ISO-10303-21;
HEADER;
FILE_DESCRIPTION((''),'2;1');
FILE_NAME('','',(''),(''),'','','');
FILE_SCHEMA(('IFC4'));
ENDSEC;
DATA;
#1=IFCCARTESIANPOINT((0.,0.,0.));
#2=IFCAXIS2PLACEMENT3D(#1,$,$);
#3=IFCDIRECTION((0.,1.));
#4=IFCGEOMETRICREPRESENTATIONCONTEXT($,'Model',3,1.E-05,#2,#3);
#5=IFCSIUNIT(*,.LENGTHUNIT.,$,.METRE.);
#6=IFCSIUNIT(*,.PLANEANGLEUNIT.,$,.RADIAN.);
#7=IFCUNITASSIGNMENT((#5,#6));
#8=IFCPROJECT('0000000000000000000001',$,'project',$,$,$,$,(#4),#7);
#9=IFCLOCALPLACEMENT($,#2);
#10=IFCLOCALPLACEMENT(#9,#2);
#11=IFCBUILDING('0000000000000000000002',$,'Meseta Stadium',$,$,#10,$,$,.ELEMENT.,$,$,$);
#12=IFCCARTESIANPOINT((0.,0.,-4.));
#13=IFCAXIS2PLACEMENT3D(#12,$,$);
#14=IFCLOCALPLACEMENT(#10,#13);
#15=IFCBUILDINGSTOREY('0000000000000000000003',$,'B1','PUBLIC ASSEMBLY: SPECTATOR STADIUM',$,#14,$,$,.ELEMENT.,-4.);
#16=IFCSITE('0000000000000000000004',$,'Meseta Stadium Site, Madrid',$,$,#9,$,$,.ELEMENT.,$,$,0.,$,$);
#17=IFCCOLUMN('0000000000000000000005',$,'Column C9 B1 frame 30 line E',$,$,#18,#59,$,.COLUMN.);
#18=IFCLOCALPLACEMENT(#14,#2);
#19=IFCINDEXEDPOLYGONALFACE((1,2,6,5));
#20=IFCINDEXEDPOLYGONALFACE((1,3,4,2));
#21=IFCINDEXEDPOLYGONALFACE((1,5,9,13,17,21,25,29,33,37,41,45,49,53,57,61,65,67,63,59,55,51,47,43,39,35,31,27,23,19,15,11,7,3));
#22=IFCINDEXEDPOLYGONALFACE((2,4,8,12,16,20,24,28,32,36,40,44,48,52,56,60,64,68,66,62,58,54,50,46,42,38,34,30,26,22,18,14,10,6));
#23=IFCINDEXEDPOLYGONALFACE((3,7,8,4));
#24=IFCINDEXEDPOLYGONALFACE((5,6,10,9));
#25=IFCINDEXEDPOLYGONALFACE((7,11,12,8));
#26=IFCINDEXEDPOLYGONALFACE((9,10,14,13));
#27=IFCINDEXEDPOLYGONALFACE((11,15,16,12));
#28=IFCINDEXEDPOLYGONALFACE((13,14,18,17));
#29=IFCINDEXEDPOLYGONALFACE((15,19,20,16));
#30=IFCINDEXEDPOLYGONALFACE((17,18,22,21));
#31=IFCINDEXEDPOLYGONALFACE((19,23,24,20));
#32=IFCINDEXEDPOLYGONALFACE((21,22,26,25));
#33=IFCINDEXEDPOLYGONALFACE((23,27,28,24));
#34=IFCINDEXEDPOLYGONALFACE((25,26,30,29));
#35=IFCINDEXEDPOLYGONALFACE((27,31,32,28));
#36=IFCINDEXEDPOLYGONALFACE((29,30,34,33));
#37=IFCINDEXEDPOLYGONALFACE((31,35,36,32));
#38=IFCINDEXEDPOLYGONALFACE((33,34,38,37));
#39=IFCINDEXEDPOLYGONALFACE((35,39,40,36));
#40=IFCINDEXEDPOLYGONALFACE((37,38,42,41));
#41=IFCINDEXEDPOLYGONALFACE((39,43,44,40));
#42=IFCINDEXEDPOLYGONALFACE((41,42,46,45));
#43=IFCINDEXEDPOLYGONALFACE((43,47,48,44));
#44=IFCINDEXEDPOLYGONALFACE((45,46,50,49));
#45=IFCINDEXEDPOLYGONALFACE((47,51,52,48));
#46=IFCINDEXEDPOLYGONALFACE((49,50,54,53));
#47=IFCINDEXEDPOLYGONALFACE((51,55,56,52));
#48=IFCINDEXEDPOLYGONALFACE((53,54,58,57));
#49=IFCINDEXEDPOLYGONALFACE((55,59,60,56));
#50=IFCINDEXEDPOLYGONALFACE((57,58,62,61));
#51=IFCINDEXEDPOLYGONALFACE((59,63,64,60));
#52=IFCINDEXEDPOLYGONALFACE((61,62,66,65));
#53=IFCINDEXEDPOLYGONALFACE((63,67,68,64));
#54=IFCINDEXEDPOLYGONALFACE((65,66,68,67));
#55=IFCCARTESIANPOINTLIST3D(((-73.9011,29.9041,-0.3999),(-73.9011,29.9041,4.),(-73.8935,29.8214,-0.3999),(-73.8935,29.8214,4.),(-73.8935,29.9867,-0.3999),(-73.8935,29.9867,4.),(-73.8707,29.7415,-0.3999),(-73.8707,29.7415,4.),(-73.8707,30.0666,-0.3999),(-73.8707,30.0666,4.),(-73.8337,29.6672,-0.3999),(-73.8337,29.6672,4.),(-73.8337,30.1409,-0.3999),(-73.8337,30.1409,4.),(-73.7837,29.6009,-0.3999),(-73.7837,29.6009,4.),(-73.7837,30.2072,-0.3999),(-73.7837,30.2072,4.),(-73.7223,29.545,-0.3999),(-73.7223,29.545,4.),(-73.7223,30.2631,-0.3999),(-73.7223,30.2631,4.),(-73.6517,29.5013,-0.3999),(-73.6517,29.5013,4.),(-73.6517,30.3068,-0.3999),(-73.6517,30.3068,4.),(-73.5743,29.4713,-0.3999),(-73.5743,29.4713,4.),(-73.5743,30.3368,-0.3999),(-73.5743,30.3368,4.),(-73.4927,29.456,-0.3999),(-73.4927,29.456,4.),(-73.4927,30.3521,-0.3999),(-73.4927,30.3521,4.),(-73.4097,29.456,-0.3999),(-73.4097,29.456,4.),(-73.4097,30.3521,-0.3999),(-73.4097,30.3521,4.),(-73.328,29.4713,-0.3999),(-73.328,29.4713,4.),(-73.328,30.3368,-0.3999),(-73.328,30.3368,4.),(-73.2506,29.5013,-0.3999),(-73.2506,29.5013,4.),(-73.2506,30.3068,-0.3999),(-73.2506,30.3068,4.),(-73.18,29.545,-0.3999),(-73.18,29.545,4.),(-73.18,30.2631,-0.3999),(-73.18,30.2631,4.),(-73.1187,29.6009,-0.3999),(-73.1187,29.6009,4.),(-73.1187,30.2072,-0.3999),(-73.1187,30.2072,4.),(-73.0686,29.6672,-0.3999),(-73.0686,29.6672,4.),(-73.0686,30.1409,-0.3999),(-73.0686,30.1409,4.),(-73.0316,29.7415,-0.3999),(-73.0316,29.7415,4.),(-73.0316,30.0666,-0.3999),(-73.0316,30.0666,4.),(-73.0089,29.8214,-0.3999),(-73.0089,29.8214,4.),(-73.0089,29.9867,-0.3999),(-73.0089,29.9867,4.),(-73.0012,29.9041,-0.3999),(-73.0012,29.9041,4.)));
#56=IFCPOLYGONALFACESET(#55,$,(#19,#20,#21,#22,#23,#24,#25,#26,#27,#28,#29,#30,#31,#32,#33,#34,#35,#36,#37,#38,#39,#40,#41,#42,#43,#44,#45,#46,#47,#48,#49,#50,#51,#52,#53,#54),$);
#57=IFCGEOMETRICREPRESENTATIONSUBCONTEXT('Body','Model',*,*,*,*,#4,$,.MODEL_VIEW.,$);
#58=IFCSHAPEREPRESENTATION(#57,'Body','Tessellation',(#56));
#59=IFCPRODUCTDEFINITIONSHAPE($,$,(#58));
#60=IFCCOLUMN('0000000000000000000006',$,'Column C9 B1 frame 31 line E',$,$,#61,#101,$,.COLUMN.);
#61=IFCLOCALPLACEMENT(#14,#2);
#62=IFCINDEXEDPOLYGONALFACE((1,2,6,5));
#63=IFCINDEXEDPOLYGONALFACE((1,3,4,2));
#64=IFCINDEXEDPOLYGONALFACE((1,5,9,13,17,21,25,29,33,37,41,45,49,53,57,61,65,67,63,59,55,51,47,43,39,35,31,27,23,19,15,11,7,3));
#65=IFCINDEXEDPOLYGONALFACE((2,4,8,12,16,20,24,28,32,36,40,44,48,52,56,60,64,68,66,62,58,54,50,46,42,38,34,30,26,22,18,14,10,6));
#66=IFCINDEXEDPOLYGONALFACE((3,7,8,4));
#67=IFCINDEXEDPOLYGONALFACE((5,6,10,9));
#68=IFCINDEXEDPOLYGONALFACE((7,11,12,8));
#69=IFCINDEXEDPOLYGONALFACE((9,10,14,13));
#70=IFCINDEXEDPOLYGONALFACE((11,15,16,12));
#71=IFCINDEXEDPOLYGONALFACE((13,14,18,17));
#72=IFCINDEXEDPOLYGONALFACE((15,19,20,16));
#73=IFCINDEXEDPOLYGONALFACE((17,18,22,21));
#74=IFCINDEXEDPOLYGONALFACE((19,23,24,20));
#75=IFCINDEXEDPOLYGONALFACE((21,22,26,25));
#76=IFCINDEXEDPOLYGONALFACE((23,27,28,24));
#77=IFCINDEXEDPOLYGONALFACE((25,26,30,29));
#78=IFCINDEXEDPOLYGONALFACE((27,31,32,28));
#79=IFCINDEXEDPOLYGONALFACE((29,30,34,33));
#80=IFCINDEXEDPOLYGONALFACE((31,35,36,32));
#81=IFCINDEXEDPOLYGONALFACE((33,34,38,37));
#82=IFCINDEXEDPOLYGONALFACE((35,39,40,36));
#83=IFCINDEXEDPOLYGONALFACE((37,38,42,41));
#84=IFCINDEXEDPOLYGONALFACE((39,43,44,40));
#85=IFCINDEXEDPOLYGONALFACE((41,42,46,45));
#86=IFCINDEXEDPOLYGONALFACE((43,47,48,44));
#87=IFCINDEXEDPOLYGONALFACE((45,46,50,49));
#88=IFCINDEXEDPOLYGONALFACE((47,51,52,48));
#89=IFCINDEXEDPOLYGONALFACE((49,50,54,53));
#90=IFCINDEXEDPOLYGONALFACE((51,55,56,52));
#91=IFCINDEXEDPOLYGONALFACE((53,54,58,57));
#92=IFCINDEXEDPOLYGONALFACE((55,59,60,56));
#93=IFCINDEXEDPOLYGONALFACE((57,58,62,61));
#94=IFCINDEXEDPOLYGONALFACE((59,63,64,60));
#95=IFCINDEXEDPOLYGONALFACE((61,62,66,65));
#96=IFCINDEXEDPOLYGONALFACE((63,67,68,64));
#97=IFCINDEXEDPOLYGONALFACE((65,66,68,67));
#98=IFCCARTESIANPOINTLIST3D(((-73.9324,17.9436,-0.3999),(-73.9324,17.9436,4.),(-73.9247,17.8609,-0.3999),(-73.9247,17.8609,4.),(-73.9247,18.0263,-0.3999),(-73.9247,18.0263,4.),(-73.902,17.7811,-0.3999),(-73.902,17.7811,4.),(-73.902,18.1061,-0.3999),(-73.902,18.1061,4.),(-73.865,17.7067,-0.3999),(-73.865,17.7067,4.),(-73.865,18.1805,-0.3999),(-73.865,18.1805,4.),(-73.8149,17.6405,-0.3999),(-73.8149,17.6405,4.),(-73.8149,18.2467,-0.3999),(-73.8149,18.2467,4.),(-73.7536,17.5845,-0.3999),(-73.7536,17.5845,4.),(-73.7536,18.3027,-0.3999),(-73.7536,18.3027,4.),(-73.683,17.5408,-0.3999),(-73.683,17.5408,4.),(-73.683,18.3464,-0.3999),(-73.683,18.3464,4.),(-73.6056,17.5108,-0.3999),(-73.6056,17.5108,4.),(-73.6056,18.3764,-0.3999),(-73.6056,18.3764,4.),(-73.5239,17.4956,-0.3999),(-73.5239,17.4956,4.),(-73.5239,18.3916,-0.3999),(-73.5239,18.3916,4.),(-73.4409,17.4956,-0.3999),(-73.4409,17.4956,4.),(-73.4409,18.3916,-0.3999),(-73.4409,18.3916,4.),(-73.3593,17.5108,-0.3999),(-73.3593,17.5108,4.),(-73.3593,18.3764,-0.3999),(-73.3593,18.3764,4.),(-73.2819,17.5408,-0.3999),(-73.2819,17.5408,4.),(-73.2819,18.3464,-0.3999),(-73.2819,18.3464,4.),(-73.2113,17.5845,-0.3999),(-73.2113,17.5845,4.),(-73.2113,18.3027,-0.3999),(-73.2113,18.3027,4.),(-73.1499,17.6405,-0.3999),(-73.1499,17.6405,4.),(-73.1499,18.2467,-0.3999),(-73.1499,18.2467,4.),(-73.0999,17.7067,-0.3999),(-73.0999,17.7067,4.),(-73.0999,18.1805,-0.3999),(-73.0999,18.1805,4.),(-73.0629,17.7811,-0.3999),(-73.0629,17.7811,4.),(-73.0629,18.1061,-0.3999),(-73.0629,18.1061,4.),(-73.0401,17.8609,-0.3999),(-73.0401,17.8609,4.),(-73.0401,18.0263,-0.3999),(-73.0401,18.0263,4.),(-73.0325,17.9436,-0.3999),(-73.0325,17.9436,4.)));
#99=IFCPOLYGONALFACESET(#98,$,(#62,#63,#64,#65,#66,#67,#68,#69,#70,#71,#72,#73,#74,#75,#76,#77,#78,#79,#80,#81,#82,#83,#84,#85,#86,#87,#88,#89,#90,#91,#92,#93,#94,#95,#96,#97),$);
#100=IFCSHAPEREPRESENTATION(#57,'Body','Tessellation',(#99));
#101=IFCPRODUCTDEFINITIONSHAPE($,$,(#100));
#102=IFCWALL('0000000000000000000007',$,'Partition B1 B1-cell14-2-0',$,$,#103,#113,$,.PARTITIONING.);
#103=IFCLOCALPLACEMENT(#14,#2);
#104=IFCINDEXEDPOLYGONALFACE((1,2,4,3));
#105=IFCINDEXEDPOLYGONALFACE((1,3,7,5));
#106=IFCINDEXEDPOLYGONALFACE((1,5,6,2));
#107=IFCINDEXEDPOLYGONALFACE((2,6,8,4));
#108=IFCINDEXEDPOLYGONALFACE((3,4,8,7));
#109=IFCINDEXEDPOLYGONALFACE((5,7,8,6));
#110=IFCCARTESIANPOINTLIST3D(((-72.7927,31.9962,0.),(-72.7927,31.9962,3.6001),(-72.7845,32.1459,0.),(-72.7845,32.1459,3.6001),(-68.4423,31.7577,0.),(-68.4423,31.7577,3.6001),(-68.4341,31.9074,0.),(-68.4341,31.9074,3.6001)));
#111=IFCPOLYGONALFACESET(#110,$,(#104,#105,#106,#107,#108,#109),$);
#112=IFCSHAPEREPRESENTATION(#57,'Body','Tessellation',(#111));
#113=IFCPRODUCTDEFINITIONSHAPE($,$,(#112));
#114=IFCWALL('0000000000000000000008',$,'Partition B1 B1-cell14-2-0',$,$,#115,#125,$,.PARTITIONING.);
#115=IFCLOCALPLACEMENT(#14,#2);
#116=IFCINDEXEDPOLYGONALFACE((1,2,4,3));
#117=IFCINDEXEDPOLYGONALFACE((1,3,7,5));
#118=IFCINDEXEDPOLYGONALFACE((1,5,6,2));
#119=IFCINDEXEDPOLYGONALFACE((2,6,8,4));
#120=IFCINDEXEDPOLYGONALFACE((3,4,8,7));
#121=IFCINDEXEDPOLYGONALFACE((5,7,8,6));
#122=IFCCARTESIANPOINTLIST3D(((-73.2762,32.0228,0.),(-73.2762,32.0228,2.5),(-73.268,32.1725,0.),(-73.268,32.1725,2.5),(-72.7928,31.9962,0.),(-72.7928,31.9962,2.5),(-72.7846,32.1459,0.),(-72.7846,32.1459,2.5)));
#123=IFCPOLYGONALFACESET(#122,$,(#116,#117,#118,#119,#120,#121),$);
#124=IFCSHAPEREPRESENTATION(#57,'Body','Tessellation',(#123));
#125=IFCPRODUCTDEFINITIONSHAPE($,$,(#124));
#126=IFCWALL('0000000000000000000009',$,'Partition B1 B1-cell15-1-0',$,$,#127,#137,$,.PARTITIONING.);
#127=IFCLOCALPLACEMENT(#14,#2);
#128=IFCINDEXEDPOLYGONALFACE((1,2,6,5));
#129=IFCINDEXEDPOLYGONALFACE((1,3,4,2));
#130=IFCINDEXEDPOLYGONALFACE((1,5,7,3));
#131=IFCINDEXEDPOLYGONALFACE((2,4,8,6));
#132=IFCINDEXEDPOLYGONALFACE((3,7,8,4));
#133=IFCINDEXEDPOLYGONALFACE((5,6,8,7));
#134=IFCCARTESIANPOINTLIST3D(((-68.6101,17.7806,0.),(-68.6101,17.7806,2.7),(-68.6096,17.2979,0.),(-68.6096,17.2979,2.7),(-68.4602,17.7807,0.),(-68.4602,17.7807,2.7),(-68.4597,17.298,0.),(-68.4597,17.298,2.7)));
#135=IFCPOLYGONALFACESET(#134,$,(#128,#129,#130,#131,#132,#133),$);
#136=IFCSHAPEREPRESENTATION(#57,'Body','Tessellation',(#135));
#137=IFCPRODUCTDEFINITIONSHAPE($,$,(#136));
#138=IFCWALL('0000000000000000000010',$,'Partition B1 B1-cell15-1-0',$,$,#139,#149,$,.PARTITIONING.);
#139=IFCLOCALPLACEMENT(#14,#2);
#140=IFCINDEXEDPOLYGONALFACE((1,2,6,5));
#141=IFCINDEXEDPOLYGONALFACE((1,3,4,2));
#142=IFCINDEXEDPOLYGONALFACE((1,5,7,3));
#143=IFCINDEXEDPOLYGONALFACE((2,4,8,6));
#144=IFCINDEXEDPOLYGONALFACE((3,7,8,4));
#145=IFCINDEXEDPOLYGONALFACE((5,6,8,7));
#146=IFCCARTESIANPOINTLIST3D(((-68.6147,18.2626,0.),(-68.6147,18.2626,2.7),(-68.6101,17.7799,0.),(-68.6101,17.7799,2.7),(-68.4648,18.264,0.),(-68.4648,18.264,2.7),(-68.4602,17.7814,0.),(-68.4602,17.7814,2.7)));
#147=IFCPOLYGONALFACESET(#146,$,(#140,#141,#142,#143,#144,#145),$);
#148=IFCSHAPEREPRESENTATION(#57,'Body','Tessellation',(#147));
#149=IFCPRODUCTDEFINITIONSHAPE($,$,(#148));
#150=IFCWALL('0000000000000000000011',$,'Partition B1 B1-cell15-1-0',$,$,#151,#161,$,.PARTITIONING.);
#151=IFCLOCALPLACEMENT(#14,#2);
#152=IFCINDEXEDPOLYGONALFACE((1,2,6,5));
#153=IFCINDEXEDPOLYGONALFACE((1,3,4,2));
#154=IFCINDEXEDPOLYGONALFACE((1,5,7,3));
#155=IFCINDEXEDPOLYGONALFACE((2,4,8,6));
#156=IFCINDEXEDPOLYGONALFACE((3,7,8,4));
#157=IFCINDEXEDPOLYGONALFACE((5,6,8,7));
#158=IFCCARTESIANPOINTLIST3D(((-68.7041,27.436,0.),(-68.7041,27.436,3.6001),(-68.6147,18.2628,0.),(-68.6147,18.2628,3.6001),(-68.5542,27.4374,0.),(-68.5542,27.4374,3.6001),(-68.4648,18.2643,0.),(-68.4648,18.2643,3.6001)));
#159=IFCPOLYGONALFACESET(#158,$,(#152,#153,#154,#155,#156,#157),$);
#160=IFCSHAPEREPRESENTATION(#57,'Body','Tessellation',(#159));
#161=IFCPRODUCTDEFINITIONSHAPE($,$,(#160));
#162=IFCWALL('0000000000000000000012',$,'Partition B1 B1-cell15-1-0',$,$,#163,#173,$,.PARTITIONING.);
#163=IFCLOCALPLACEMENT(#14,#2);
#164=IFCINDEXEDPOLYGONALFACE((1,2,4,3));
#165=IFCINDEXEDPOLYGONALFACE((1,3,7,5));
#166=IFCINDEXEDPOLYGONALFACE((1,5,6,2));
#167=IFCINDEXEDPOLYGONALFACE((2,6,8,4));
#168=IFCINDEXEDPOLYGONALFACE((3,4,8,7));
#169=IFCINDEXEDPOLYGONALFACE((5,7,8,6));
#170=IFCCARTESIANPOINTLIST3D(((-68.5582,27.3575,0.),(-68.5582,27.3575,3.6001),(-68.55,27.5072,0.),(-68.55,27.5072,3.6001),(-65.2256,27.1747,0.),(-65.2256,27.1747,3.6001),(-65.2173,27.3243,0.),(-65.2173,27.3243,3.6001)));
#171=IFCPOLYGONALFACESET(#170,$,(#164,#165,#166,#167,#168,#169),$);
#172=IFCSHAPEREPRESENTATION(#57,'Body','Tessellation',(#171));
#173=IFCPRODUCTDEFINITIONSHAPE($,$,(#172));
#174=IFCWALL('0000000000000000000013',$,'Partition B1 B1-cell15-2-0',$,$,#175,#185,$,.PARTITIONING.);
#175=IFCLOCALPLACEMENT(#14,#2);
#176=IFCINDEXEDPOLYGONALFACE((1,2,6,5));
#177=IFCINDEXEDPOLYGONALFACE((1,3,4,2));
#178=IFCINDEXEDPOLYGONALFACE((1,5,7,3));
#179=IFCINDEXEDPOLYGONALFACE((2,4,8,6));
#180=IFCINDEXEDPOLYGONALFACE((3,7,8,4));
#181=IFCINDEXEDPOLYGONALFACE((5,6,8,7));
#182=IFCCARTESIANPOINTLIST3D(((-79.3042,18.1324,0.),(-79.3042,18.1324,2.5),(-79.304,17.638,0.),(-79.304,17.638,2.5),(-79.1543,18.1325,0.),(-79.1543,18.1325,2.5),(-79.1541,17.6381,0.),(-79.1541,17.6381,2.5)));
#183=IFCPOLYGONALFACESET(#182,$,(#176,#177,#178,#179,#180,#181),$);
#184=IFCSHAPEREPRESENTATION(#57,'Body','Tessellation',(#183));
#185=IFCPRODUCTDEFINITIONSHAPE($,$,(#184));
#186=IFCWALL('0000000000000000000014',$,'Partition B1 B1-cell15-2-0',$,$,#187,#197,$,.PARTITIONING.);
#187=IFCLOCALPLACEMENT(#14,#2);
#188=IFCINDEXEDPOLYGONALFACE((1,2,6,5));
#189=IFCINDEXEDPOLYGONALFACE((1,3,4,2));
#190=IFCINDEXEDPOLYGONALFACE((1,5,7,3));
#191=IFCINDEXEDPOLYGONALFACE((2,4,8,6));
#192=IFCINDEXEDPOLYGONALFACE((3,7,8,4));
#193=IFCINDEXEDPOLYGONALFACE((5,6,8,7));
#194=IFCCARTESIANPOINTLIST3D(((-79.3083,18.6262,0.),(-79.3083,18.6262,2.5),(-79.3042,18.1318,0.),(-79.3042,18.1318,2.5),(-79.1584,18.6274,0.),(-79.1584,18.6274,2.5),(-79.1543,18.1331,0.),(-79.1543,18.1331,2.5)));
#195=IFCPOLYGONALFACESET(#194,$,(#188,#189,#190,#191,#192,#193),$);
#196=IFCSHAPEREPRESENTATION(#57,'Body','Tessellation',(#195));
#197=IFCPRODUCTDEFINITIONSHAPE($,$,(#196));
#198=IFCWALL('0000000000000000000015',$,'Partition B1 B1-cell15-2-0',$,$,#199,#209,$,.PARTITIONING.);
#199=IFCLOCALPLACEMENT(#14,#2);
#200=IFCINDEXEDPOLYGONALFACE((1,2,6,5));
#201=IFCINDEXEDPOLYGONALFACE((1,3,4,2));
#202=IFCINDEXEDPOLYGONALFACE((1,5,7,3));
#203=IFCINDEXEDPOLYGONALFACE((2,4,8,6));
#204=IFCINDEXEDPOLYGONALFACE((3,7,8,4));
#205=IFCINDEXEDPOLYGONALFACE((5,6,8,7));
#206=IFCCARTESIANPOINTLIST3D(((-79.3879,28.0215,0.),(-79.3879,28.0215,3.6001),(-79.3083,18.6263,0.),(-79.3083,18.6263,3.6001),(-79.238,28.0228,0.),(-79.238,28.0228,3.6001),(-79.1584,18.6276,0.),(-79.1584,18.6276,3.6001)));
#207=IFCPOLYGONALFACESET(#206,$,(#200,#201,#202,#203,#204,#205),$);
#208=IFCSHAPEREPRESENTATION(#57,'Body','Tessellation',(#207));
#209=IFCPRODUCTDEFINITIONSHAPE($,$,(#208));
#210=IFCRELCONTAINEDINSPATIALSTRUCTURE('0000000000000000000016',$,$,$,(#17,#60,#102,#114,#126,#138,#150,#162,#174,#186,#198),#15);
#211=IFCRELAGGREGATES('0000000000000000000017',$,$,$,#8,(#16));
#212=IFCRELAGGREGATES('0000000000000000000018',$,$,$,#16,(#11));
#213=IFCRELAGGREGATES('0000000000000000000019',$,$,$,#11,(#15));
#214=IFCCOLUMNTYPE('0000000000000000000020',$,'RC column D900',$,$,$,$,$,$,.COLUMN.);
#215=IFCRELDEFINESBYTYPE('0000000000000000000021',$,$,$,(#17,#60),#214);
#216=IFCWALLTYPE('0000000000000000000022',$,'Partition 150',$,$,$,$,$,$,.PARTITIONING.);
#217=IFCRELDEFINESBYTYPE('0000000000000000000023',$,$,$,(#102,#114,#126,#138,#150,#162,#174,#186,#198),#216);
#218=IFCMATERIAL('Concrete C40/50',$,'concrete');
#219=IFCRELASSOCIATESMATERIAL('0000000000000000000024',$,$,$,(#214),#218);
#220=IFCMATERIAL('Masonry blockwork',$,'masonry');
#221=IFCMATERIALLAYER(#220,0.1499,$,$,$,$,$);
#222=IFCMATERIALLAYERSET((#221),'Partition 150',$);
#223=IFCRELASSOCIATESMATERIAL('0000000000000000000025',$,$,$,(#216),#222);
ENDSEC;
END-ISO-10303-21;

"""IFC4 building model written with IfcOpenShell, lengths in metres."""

from ifc_helpers import new_model, si_unit, direction, frame, frame_2d, origin, origin_2d, place, context, subcontext, project, spatial, rectangle, circle, extrude, material, layer, layer_set, material_profile, profile_set, type_object, element, save


model = new_model("IFC4")

# Units and contexts
model_context = context("Model", 3, precision=1e-05, world=origin(), true_north=direction((0.0, 1.0)))
body_context = subcontext(model_context, "Body", "Model", "MODEL_VIEW")
ifc_project = project(units=[si_unit("LENGTHUNIT", "METRE"), si_unit("PLANEANGLEUNIT", "RADIAN")], contexts=[model_context])

# Site, building, storey
site_placement = place(None, origin())
site = spatial("IfcSite", under=ifc_project, at=site_placement, Name="Meseta Stadium Site, Madrid", CompositionType="ELEMENT", RefElevation=0.0)
building_placement = place(site_placement, origin())
building = spatial("IfcBuilding", under=site, at=building_placement, Name="Meseta Stadium", CompositionType="ELEMENT")
storey_placement = place(building_placement, frame((0.0, 0.0, -4.0)))
storey = spatial("IfcBuildingStorey", under=building, at=storey_placement, Name="B1", Description="PUBLIC ASSEMBLY: SPECTATOR STADIUM", CompositionType="ELEMENT", Elevation=-4.0)

# Columns
ifc_material_1 = material(Name="Concrete C40/50", Category="concrete")
ifc_material_profile = material_profile(ifc_material_1, circle(Radius=0.45, at=origin_2d()), Name="RC D900")
ifc_profile_set = profile_set([ifc_material_profile], Name="Concrete C40/50")
column_type = type_object("IfcColumnType", Name="RC column D900", PredefinedType="COLUMN", material=ifc_profile_set)
for number, where, z_axis, x_axis, name in (
    (1, (-73.4512, 29.9041, -0.3999), (0.0, 0.0, 1.0), (1.0, 0.0, 0.0), "Column C9 B1 frame 30 line E"),
    (2, (-73.4824, 17.9436, -0.3999), (0.0, 0.0, 1.0), (1.0, 0.0, 0.0), "Column C9 B1 frame 31 line E"),
):
    element("IfcColumn", number, at=place(storey_placement, frame(where, z_axis=z_axis, x_axis=x_axis)), inside=storey, type_object=column_type, Name=name, PredefinedType="COLUMN", context=body_context, shape_type="SweptSolid", body=[
        extrude(circle(Radius=0.45, at=origin_2d()), origin(), (0.0, 0.0, 1.0), 4.3999),
    ])

# Walls
ifc_material_2 = material(Name="Masonry blockwork", Category="masonry")
ifc_layer = layer(ifc_material_2, 0.1499)
ifc_layer_set = layer_set([ifc_layer], Name="Partition 150")
wall_type = type_object("IfcWallType", Name="Partition 150", PredefinedType="PARTITIONING", material=ifc_layer_set)
wall_1_placement = place(storey_placement, frame((-68.4382, 31.8325, 0.0), z_axis=(0.0, 0.0, 1.0), x_axis=(-0.9985, 0.054747, 0.0)))
element("IfcWall", 3, at=wall_1_placement, inside=storey, type_object=wall_type, Name="Partition B1 B1-cell14-2-0", PredefinedType="PARTITIONING", context=body_context, shape_type="SweptSolid", body=[
    extrude(rectangle(XDim=4.3569, YDim=0.1499, at=frame_2d((2.1785, 0.0))), origin(), (0.0, 0.0, 1.0), 3.6001),
])
wall_2_placement = place(storey_placement, frame((-72.7886, 32.071, 0.0), z_axis=(0.0, 0.0, 1.0), x_axis=(-0.998488, 0.054967, 0.0)))
element("IfcWall", 4, at=wall_2_placement, inside=storey, type_object=wall_type, Name="Partition B1 B1-cell14-2-0", PredefinedType="PARTITIONING", context=body_context, shape_type="SweptSolid", body=[
    extrude(rectangle(XDim=0.4841, YDim=0.1499, at=frame_2d((0.2422, 0.0))), origin(), (0.0, 0.0, 1.0), 2.5),
])
for number, where, z_axis, x_axis, name in (
    (5, (-68.5347, 17.2981, 0.0), (0.0, 0.0, 1.0), (-0.001012, 0.999999, 0.0), "Partition B1 B1-cell15-1-0"),
    (6, (-68.5352, 17.7808, 0.0), (0.0, 0.0, 1.0), (-0.00961, 0.999954, 0.0), "Partition B1 B1-cell15-1-0"),
):
    element("IfcWall", number, at=place(storey_placement, frame(where, z_axis=z_axis, x_axis=x_axis)), inside=storey, type_object=wall_type, Name=name, PredefinedType="PARTITIONING", context=body_context, shape_type="SweptSolid", body=[
        extrude(rectangle(XDim=0.4827, YDim=0.1499, at=frame_2d((0.2412, 0.0))), origin(), (0.0, 0.0, 1.0), 2.7),
    ])
wall_3_placement = place(storey_placement, frame((-68.5398, 18.2634, 0.0), z_axis=(0.0, 0.0, 1.0), x_axis=(-0.009741, 0.999953, 0.0)))
element("IfcWall", 7, at=wall_3_placement, inside=storey, type_object=wall_type, Name="Partition B1 B1-cell15-1-0", PredefinedType="PARTITIONING", context=body_context, shape_type="SweptSolid", body=[
    extrude(rectangle(XDim=9.1736, YDim=0.1499, at=frame_2d((4.5869, 0.0))), origin(), (0.0, 0.0, 1.0), 3.6001),
])
wall_4_placement = place(storey_placement, frame((-68.5542, 27.4324, 0.0), z_axis=(0.0, 0.0, 1.0), x_axis=(0.998498, -0.054789, 0.0)))
element("IfcWall", 8, at=wall_4_placement, inside=storey, type_object=wall_type, Name="Partition B1 B1-cell15-1-0", PredefinedType="PARTITIONING", context=body_context, shape_type="SweptSolid", body=[
    extrude(rectangle(XDim=3.3376, YDim=0.1499, at=frame_2d((1.6689, 0.0))), origin(), (0.0, 0.0, 1.0), 3.6001),
])
for number, where, z_axis, x_axis, name in (
    (9, (-79.229, 17.6382, 0.0), (0.0, 0.0, 1.0), (-0.000494, 1.0, 0.0), "Partition B1 B1-cell15-2-0"),
    (10, (-79.2292, 18.1326, 0.0), (0.0, 0.0, 1.0), (-0.008395, 0.999965, 0.0), "Partition B1 B1-cell15-2-0"),
):
    element("IfcWall", number, at=place(storey_placement, frame(where, z_axis=z_axis, x_axis=x_axis)), inside=storey, type_object=wall_type, Name=name, PredefinedType="PARTITIONING", context=body_context, shape_type="SweptSolid", body=[
        extrude(rectangle(XDim=0.4944, YDim=0.1499, at=frame_2d((0.2471, 0.0))), origin(), (0.0, 0.0, 1.0), 2.5),
    ])
wall_5_placement = place(storey_placement, frame((-79.2334, 18.627, 0.0), z_axis=(0.0, 0.0, 1.0), x_axis=(-0.008471, 0.999964, 0.0)))
element("IfcWall", 11, at=wall_5_placement, inside=storey, type_object=wall_type, Name="Partition B1 B1-cell15-2-0", PredefinedType="PARTITIONING", context=body_context, shape_type="SweptSolid", body=[
    extrude(rectangle(XDim=9.3955, YDim=0.1499, at=frame_2d((4.6978, 0.0))), origin(), (0.0, 0.0, 1.0), 3.6001),
])

save(model, "model.ifc")
